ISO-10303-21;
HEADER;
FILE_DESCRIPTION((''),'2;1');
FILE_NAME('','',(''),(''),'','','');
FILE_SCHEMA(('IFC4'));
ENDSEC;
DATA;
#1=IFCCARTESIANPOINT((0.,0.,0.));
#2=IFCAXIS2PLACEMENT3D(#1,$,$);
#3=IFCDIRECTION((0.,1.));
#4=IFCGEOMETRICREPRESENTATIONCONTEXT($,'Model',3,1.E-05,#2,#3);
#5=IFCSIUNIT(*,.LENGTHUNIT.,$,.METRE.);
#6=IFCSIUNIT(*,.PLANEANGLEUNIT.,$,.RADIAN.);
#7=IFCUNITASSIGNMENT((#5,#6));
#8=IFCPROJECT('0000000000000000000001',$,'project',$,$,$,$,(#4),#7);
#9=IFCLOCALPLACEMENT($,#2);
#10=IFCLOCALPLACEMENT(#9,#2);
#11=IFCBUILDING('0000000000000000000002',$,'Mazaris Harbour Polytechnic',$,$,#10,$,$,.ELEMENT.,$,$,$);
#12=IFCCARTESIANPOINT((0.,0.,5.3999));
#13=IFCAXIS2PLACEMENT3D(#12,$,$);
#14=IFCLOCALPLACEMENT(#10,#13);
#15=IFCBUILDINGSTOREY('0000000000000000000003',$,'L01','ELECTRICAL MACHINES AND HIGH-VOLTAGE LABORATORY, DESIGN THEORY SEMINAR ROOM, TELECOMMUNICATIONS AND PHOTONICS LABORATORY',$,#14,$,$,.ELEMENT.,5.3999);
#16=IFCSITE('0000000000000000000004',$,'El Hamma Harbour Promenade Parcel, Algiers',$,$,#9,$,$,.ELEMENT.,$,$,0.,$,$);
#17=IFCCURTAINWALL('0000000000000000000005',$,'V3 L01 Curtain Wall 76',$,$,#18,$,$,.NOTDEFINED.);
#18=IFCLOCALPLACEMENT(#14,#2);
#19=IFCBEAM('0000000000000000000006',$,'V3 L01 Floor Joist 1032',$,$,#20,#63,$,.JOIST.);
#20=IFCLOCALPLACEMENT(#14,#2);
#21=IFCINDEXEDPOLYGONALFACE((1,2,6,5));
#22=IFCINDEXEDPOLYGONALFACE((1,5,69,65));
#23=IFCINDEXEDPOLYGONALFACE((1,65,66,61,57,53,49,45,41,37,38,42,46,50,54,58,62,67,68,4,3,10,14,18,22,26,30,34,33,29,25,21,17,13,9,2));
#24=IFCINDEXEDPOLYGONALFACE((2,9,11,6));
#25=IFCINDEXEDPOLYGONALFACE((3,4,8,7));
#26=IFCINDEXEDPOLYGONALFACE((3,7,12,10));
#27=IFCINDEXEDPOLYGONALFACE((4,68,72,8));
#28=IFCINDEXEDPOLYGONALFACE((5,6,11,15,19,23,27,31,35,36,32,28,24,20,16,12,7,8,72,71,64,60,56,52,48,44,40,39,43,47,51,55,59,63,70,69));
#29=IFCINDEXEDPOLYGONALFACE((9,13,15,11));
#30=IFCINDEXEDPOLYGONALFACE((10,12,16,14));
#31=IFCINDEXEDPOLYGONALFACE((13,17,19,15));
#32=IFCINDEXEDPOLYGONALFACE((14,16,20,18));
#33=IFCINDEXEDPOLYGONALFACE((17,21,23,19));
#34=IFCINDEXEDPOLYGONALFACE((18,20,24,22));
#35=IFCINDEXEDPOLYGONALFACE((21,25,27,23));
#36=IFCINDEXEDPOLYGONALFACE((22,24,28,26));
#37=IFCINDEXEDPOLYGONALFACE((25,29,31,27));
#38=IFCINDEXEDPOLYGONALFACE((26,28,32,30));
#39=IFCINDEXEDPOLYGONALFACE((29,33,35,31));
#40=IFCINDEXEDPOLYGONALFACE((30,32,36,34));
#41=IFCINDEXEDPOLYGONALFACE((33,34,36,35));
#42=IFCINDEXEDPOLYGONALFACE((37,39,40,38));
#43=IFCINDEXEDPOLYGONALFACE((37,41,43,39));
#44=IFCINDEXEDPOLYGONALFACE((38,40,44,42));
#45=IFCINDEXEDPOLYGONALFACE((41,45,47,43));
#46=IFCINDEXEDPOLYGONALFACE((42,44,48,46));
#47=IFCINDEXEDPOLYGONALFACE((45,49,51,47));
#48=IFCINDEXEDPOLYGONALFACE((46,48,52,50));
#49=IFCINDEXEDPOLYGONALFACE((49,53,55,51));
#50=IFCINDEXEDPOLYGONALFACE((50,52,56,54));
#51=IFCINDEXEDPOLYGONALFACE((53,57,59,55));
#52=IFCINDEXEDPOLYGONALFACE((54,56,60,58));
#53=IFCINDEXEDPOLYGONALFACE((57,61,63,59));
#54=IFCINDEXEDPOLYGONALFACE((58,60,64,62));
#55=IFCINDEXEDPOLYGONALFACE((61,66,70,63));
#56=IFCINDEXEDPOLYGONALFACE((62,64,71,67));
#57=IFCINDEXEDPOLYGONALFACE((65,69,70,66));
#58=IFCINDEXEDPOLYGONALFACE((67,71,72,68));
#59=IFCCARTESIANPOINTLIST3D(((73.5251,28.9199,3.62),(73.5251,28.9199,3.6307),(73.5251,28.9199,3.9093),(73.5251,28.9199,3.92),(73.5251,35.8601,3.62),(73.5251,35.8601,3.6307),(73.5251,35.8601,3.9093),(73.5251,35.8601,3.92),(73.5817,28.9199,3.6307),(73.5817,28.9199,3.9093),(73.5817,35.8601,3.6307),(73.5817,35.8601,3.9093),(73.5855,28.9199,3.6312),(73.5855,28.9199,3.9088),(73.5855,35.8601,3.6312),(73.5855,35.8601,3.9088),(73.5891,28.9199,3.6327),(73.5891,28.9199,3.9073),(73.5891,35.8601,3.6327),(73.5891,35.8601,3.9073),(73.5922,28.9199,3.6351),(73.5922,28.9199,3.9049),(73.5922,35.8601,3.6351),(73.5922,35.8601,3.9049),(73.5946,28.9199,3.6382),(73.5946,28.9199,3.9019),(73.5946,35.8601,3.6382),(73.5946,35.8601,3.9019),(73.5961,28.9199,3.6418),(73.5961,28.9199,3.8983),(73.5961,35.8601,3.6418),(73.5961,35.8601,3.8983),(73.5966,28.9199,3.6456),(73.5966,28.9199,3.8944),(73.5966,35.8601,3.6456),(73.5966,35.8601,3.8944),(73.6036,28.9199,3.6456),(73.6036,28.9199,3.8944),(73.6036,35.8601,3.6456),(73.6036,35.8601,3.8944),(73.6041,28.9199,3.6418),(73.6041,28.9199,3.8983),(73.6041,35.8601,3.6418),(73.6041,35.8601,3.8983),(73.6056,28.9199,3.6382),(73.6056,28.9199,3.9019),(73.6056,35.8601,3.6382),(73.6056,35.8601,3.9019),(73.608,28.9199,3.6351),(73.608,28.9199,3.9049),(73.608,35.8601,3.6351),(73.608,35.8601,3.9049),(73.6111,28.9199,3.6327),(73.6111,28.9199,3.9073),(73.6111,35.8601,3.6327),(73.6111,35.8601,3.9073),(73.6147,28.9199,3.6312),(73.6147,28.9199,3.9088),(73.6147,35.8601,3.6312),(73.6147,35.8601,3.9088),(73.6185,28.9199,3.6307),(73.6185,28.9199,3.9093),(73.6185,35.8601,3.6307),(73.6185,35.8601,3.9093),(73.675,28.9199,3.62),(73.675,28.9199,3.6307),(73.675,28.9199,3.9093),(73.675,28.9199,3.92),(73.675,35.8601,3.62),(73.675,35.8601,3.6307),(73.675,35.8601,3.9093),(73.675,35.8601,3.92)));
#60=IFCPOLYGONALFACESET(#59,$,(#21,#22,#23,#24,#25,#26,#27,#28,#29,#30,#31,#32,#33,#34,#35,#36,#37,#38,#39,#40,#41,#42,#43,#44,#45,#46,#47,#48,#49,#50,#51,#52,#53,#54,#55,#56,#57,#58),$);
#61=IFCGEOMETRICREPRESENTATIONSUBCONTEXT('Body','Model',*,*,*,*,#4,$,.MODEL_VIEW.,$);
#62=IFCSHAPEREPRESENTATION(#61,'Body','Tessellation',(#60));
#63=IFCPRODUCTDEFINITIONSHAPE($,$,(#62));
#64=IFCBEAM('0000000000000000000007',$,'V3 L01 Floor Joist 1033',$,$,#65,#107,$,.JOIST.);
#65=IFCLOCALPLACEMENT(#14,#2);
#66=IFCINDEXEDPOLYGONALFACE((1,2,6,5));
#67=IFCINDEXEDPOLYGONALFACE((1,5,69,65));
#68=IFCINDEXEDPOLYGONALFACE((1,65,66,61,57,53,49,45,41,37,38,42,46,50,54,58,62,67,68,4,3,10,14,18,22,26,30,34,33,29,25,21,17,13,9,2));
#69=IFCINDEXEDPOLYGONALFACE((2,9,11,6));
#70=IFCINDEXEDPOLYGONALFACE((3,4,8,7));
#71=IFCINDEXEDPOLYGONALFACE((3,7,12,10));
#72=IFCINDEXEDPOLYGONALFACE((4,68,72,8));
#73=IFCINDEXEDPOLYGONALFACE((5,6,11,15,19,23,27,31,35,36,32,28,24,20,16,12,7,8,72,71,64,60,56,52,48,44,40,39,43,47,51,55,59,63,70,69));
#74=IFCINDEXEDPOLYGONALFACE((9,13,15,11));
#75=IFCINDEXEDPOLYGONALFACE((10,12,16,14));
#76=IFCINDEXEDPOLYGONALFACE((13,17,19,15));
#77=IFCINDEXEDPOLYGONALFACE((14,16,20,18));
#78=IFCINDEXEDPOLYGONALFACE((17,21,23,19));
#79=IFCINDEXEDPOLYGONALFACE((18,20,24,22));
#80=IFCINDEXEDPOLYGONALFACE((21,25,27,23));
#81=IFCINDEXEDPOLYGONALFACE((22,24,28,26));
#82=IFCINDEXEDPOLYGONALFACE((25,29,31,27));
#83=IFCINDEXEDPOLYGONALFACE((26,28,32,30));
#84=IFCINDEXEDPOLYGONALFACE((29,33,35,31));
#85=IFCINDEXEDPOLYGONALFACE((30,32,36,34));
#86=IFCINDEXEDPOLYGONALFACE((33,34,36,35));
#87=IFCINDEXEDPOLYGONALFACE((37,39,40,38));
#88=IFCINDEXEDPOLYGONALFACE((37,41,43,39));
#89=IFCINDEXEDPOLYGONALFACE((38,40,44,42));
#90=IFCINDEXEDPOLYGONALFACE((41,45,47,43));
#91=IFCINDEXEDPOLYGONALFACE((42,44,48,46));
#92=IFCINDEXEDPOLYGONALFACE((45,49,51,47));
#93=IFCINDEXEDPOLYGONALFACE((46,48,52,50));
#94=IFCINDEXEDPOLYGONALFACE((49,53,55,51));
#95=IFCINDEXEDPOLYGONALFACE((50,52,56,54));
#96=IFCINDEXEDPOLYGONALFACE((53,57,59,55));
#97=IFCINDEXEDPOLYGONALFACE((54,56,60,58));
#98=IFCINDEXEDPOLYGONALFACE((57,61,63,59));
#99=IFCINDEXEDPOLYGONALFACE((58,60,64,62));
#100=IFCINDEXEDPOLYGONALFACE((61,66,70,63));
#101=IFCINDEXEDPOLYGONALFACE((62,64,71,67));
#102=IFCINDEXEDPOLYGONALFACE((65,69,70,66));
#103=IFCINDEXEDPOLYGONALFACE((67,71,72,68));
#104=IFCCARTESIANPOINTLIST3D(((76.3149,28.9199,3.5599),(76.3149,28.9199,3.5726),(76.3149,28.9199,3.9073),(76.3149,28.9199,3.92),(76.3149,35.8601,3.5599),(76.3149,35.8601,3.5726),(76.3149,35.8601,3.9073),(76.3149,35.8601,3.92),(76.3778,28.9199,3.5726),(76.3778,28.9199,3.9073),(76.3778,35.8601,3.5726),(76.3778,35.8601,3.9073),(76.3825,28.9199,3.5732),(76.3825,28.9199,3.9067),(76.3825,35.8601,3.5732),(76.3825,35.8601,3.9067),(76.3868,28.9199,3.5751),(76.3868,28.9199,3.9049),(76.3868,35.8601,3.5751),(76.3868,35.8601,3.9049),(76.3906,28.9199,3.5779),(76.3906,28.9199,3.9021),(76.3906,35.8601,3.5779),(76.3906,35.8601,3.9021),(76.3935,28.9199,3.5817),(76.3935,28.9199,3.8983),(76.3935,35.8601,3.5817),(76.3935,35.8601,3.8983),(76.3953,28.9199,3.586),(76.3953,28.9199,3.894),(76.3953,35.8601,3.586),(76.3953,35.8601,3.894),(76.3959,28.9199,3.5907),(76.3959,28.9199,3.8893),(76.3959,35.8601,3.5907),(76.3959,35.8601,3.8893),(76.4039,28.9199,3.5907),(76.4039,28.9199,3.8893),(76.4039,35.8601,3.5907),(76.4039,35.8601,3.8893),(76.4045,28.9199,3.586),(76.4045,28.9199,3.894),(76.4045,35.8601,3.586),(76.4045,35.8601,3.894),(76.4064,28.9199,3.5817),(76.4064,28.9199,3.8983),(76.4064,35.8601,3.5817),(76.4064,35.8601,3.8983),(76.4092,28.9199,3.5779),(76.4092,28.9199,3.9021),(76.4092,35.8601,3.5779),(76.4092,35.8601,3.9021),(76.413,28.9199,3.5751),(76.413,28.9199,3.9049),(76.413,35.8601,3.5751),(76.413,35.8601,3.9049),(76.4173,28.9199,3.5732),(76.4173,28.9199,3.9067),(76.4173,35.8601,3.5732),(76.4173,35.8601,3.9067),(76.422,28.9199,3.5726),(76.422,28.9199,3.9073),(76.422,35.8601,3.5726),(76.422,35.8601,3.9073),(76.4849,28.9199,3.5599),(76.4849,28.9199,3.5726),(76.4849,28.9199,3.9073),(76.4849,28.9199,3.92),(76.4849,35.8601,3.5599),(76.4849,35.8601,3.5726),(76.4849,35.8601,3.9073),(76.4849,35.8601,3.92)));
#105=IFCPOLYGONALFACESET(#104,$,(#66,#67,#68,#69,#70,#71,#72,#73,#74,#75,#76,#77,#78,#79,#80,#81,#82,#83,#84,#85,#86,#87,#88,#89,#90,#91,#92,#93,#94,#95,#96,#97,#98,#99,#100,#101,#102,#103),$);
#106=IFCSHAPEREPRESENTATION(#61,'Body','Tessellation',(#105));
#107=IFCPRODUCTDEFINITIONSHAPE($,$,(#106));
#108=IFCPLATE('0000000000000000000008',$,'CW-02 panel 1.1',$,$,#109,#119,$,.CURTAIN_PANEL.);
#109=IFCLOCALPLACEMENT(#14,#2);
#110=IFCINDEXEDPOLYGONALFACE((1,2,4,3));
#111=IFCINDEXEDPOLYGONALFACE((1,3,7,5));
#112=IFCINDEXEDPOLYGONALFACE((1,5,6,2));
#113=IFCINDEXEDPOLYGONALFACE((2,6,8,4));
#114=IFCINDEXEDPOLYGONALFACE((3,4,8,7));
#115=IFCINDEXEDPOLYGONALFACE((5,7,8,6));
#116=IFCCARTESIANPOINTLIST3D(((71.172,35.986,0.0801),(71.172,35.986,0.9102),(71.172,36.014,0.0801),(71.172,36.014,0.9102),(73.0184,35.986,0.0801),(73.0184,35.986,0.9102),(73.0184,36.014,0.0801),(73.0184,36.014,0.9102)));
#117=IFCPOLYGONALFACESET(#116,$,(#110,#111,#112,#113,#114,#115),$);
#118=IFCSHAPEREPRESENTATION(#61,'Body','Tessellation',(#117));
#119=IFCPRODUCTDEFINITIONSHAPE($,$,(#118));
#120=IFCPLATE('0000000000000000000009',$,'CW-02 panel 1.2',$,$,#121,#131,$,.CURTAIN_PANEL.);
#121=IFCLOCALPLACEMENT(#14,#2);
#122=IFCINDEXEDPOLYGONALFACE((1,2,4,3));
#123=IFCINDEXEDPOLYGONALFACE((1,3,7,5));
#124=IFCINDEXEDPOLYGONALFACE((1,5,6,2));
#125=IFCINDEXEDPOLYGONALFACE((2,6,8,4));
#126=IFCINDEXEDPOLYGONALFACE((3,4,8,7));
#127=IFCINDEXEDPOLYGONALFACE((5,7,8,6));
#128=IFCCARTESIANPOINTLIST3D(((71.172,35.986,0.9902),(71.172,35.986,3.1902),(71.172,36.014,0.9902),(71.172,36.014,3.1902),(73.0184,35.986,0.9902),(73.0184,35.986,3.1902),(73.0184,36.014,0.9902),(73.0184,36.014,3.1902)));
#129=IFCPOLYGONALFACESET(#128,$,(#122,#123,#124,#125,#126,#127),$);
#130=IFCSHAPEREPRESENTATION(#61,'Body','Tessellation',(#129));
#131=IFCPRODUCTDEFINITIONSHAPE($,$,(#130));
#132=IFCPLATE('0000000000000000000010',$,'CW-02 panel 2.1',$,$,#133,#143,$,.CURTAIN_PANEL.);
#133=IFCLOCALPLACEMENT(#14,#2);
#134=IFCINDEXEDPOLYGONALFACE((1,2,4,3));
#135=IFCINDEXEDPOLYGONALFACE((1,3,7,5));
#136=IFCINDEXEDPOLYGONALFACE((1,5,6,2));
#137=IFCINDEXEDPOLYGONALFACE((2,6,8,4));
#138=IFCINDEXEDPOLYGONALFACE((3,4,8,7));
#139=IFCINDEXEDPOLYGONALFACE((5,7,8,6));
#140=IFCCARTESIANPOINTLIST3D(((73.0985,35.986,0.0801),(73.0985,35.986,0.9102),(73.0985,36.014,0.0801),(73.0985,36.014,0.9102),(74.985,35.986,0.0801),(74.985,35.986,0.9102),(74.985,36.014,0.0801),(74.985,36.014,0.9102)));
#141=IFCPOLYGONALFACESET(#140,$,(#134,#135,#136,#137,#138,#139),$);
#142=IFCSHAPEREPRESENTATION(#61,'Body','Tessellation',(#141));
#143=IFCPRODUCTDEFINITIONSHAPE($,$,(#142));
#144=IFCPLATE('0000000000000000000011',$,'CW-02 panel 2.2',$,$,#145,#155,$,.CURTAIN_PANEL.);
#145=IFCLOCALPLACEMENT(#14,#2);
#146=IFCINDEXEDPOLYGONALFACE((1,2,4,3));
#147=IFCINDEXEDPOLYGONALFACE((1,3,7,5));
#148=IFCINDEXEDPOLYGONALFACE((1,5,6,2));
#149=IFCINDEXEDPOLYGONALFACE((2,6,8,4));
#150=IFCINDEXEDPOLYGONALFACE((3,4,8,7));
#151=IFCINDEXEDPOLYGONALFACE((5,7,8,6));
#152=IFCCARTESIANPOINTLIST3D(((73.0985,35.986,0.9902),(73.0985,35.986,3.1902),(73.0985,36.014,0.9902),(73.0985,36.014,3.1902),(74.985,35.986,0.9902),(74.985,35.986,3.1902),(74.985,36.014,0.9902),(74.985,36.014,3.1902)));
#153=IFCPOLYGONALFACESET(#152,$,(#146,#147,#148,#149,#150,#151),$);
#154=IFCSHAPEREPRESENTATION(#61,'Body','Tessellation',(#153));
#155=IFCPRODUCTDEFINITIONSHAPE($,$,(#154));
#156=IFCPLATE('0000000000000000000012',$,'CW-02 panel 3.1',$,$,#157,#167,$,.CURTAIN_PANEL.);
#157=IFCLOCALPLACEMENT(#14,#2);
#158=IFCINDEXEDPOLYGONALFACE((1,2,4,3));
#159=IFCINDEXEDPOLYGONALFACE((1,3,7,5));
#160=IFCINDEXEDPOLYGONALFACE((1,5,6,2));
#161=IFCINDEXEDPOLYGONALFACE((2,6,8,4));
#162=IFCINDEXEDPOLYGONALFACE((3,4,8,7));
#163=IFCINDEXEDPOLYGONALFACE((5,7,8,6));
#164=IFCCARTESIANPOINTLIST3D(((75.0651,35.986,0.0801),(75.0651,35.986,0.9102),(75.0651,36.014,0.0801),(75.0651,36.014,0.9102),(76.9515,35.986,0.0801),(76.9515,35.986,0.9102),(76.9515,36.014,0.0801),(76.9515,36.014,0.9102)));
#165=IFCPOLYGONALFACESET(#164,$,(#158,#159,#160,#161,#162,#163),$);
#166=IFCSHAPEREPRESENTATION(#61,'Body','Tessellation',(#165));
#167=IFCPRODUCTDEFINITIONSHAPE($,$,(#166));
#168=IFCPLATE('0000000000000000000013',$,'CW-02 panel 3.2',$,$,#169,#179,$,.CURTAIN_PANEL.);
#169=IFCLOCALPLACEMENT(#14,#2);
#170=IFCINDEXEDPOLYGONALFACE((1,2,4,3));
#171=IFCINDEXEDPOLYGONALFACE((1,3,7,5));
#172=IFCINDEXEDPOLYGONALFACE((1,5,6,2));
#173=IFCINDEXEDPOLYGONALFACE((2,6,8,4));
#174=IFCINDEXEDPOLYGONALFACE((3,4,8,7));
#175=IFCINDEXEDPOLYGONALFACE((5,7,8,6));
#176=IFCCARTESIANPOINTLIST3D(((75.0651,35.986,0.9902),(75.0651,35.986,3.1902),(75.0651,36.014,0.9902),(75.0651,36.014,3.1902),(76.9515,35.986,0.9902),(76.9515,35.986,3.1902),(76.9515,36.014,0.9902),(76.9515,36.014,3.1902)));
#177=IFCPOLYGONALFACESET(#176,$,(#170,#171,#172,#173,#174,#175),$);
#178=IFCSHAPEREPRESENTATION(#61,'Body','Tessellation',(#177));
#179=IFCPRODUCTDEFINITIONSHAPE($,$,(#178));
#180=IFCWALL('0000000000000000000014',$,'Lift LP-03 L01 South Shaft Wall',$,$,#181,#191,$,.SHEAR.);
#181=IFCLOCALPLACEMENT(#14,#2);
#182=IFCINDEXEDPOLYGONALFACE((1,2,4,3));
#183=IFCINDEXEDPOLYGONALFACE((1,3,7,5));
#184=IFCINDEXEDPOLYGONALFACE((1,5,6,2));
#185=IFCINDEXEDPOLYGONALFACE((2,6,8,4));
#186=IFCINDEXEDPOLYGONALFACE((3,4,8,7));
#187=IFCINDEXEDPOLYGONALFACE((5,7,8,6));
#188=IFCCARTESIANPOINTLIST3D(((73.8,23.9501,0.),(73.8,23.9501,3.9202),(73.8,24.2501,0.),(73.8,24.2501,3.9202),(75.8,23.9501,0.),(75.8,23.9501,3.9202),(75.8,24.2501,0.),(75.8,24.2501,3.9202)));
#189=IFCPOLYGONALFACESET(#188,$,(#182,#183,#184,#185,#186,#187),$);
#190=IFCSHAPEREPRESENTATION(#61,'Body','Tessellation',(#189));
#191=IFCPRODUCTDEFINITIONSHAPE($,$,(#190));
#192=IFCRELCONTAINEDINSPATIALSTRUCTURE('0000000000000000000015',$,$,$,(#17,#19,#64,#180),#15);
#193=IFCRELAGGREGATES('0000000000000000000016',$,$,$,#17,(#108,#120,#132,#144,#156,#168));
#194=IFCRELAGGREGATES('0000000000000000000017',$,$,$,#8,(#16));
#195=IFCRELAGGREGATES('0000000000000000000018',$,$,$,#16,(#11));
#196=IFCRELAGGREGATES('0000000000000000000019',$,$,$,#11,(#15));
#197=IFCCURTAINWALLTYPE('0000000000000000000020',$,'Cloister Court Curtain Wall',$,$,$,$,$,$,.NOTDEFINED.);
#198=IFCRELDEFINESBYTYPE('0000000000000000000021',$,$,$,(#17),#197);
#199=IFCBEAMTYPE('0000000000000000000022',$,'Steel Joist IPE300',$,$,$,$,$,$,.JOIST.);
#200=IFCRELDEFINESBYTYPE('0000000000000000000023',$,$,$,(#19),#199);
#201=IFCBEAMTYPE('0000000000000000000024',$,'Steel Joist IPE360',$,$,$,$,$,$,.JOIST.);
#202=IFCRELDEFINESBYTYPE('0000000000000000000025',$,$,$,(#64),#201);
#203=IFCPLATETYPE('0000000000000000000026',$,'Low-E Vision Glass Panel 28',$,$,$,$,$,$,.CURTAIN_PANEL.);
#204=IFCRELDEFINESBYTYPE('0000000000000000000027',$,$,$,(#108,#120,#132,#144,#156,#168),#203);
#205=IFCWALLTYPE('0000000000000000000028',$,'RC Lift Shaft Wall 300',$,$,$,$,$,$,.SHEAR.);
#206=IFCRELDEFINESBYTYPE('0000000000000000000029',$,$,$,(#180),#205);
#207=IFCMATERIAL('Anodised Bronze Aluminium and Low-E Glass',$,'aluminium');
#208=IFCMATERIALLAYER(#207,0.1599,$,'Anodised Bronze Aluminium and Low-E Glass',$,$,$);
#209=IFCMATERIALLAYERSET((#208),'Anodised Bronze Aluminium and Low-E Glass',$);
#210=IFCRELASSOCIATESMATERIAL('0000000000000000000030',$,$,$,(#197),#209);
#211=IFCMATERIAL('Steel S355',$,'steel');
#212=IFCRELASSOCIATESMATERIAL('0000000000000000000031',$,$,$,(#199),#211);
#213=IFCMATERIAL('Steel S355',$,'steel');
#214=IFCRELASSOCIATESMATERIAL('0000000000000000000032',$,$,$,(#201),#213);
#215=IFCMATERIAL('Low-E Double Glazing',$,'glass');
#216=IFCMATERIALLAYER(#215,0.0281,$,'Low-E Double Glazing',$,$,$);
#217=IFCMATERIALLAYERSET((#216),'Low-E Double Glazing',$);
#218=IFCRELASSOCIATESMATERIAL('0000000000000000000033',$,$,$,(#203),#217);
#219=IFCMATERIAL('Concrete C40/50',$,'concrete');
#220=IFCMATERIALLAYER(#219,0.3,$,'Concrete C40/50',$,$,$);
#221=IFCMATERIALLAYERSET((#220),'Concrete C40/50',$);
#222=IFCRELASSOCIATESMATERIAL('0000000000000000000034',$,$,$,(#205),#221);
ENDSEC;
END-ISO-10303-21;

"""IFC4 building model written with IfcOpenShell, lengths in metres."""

from ifc_helpers import new_model, si_unit, direction, frame, frame_2d, origin, origin_2d, place, context, subcontext, project, spatial, rectangle, i_section, extrude, material, layer, layer_set, material_profile, profile_set, type_object, element, aggregate, save


model = new_model("IFC4")

# Units and contexts
model_context = context("Model", 3, precision=1e-05, world=origin(), true_north=direction((0.0, 1.0)))
body_context = subcontext(model_context, "Body", "Model", "MODEL_VIEW")
ifc_project = project(units=[si_unit("LENGTHUNIT", "METRE"), si_unit("PLANEANGLEUNIT", "RADIAN")], contexts=[model_context])

# Site, building, storey
site_placement = place(None, origin())
site = spatial("IfcSite", under=ifc_project, at=site_placement, Name="El Hamma Harbour Promenade Parcel, Algiers", CompositionType="ELEMENT", RefElevation=0.0)
building_placement = place(site_placement, origin())
building = spatial("IfcBuilding", under=site, at=building_placement, Name="Mazaris Harbour Polytechnic", CompositionType="ELEMENT")
storey_placement = place(building_placement, frame((0.0, 0.0, 5.3999)))
storey = spatial("IfcBuildingStorey", under=building, at=storey_placement, Name="L01", Description="ELECTRICAL MACHINES AND HIGH-VOLTAGE LABORATORY, DESIGN THEORY SEMINAR ROOM, TELECOMMUNICATIONS AND PHOTONICS LABORATORY", CompositionType="ELEMENT", Elevation=5.3999)

# Curtain wall
ifc_material_1 = material(Name="Anodised Bronze Aluminium and Low-E Glass", Category="aluminium")
ifc_layer_1 = layer(ifc_material_1, 0.1599, Name="Anodised Bronze Aluminium and Low-E Glass")
ifc_layer_set_1 = layer_set([ifc_layer_1], Name="Anodised Bronze Aluminium and Low-E Glass")
curtain_wall_type = type_object("IfcCurtainWallType", Name="Cloister Court Curtain Wall", PredefinedType="NOTDEFINED", material=ifc_layer_set_1)
curtain_wall_placement = place(storey_placement, origin())
curtain_wall = element("IfcCurtainWall", 1, at=curtain_wall_placement, inside=storey, type_object=curtain_wall_type, Name="V3 L01 Curtain Wall 76", PredefinedType="NOTDEFINED")

# Beams
ifc_material_2 = material(Name="Steel S355", Category="steel")
ifc_material_profile_1 = material_profile(ifc_material_2, i_section(OverallWidth=0.1499, OverallDepth=0.3, WebThickness=0.0071, FlangeThickness=0.0107, FilletRadius=0.0149, at=origin_2d()), Name="IPE 300")
ifc_profile_set_1 = profile_set([ifc_material_profile_1], Name="Steel S355")
beam_type_1 = type_object("IfcBeamType", Name="Steel Joist IPE300", PredefinedType="JOIST", material=ifc_profile_set_1)
beam_1_placement = place(storey_placement, frame((73.6001, 28.9199, 3.77), z_axis=(0.0, 1.0, 0.0), x_axis=(-1.0, 0.0, 0.0)))
element("IfcBeam", 2, at=beam_1_placement, inside=storey, type_object=beam_type_1, Name="V3 L01 Floor Joist 1032", PredefinedType="JOIST", context=body_context, shape_type="SweptSolid", body=[
    extrude(i_section(OverallWidth=0.1499, OverallDepth=0.3, WebThickness=0.0071, FlangeThickness=0.0107, FilletRadius=0.0149, at=origin_2d()), origin(), (0.0, 0.0, 1.0), 6.9402),
])
ifc_material_3 = material(Name="Steel S355", Category="steel")
ifc_material_profile_2 = material_profile(ifc_material_3, i_section(OverallWidth=0.1699, OverallDepth=0.3601, WebThickness=0.0081, FlangeThickness=0.0127, FilletRadius=0.0181, at=origin_2d()), Name="IPE 360")
ifc_profile_set_2 = profile_set([ifc_material_profile_2], Name="Steel S355")
beam_type_2 = type_object("IfcBeamType", Name="Steel Joist IPE360", PredefinedType="JOIST", material=ifc_profile_set_2)
beam_2_placement = place(storey_placement, frame((76.3999, 28.9199, 3.74), z_axis=(0.0, 1.0, 0.0), x_axis=(-1.0, 0.0, 0.0)))
element("IfcBeam", 3, at=beam_2_placement, inside=storey, type_object=beam_type_2, Name="V3 L01 Floor Joist 1033", PredefinedType="JOIST", context=body_context, shape_type="SweptSolid", body=[
    extrude(i_section(OverallWidth=0.1699, OverallDepth=0.3601, WebThickness=0.0081, FlangeThickness=0.0127, FilletRadius=0.0181, at=origin_2d()), origin(), (0.0, 0.0, 1.0), 6.9402),
])

# Plates
ifc_material_4 = material(Name="Low-E Double Glazing", Category="glass")
ifc_layer_2 = layer(ifc_material_4, 0.0281, Name="Low-E Double Glazing")
ifc_layer_set_2 = layer_set([ifc_layer_2], Name="Low-E Double Glazing")
plate_type = type_object("IfcPlateType", Name="Low-E Vision Glass Panel 28", PredefinedType="CURTAIN_PANEL", material=ifc_layer_set_2)
plate_1_placement = place(storey_placement, frame((72.0952, 36.0, 0.0801), z_axis=(0.0, 0.0, 1.0), x_axis=(1.0, 0.0, 0.0)))
plate_1 = element("IfcPlate", 4, at=plate_1_placement, type_object=plate_type, Name="CW-02 panel 1.1", PredefinedType="CURTAIN_PANEL", context=body_context, shape_type="SweptSolid", body=[
    extrude(rectangle(XDim=1.8464, YDim=0.0281, at=origin_2d()), origin(), (0.0, 0.0, 1.0), 0.8301),
])
plate_2_placement = place(storey_placement, frame((72.0952, 36.0, 0.9902), z_axis=(0.0, 0.0, 1.0), x_axis=(1.0, 0.0, 0.0)))
plate_2 = element("IfcPlate", 5, at=plate_2_placement, type_object=plate_type, Name="CW-02 panel 1.2", PredefinedType="CURTAIN_PANEL", context=body_context, shape_type="SweptSolid", body=[
    extrude(rectangle(XDim=1.8464, YDim=0.0281, at=origin_2d()), origin(), (0.0, 0.0, 1.0), 2.2),
])
plate_3_placement = place(storey_placement, frame((74.0417, 36.0, 0.0801), z_axis=(0.0, 0.0, 1.0), x_axis=(1.0, 0.0, 0.0)))
plate_3 = element("IfcPlate", 6, at=plate_3_placement, type_object=plate_type, Name="CW-02 panel 2.1", PredefinedType="CURTAIN_PANEL", context=body_context, shape_type="SweptSolid", body=[
    extrude(rectangle(XDim=1.8865, YDim=0.0281, at=origin_2d()), origin(), (0.0, 0.0, 1.0), 0.8301),
])
plate_4_placement = place(storey_placement, frame((74.0417, 36.0, 0.9902), z_axis=(0.0, 0.0, 1.0), x_axis=(1.0, 0.0, 0.0)))
plate_4 = element("IfcPlate", 7, at=plate_4_placement, type_object=plate_type, Name="CW-02 panel 2.2", PredefinedType="CURTAIN_PANEL", context=body_context, shape_type="SweptSolid", body=[
    extrude(rectangle(XDim=1.8865, YDim=0.0281, at=origin_2d()), origin(), (0.0, 0.0, 1.0), 2.2),
])
plate_5_placement = place(storey_placement, frame((76.0083, 36.0, 0.0801), z_axis=(0.0, 0.0, 1.0), x_axis=(1.0, 0.0, 0.0)))
plate_5 = element("IfcPlate", 8, at=plate_5_placement, type_object=plate_type, Name="CW-02 panel 3.1", PredefinedType="CURTAIN_PANEL", context=body_context, shape_type="SweptSolid", body=[
    extrude(rectangle(XDim=1.8865, YDim=0.0281, at=origin_2d()), origin(), (0.0, 0.0, 1.0), 0.8301),
])
plate_6_placement = place(storey_placement, frame((76.0083, 36.0, 0.9902), z_axis=(0.0, 0.0, 1.0), x_axis=(1.0, 0.0, 0.0)))
plate_6 = element("IfcPlate", 9, at=plate_6_placement, type_object=plate_type, Name="CW-02 panel 3.2", PredefinedType="CURTAIN_PANEL", context=body_context, shape_type="SweptSolid", body=[
    extrude(rectangle(XDim=1.8865, YDim=0.0281, at=origin_2d()), origin(), (0.0, 0.0, 1.0), 2.2),
])
aggregate(curtain_wall, [plate_1, plate_2, plate_3, plate_4, plate_5, plate_6])

# Wall
ifc_material_5 = material(Name="Concrete C40/50", Category="concrete")
ifc_layer_3 = layer(ifc_material_5, 0.3, Name="Concrete C40/50")
ifc_layer_set_3 = layer_set([ifc_layer_3], Name="Concrete C40/50")
wall_type_1 = type_object("IfcWallType", Name="RC Lift Shaft Wall 300", PredefinedType="SHEAR", material=ifc_layer_set_3)
wall_1_placement = place(storey_placement, frame((73.8, 24.1001, 0.0), z_axis=(0.0, 0.0, 1.0), x_axis=(1.0, 0.0, 0.0)))
element("IfcWall", 10, at=wall_1_placement, inside=storey, type_object=wall_type_1, Name="Lift LP-03 L01 South Shaft Wall", PredefinedType="SHEAR", context=body_context, shape_type="SweptSolid", body=[
    extrude(rectangle(XDim=2.0, YDim=0.3, at=frame_2d((1.0, 0.0))), origin(), (0.0, 0.0, 1.0), 3.9202),
])

save(model, "model.ifc")
